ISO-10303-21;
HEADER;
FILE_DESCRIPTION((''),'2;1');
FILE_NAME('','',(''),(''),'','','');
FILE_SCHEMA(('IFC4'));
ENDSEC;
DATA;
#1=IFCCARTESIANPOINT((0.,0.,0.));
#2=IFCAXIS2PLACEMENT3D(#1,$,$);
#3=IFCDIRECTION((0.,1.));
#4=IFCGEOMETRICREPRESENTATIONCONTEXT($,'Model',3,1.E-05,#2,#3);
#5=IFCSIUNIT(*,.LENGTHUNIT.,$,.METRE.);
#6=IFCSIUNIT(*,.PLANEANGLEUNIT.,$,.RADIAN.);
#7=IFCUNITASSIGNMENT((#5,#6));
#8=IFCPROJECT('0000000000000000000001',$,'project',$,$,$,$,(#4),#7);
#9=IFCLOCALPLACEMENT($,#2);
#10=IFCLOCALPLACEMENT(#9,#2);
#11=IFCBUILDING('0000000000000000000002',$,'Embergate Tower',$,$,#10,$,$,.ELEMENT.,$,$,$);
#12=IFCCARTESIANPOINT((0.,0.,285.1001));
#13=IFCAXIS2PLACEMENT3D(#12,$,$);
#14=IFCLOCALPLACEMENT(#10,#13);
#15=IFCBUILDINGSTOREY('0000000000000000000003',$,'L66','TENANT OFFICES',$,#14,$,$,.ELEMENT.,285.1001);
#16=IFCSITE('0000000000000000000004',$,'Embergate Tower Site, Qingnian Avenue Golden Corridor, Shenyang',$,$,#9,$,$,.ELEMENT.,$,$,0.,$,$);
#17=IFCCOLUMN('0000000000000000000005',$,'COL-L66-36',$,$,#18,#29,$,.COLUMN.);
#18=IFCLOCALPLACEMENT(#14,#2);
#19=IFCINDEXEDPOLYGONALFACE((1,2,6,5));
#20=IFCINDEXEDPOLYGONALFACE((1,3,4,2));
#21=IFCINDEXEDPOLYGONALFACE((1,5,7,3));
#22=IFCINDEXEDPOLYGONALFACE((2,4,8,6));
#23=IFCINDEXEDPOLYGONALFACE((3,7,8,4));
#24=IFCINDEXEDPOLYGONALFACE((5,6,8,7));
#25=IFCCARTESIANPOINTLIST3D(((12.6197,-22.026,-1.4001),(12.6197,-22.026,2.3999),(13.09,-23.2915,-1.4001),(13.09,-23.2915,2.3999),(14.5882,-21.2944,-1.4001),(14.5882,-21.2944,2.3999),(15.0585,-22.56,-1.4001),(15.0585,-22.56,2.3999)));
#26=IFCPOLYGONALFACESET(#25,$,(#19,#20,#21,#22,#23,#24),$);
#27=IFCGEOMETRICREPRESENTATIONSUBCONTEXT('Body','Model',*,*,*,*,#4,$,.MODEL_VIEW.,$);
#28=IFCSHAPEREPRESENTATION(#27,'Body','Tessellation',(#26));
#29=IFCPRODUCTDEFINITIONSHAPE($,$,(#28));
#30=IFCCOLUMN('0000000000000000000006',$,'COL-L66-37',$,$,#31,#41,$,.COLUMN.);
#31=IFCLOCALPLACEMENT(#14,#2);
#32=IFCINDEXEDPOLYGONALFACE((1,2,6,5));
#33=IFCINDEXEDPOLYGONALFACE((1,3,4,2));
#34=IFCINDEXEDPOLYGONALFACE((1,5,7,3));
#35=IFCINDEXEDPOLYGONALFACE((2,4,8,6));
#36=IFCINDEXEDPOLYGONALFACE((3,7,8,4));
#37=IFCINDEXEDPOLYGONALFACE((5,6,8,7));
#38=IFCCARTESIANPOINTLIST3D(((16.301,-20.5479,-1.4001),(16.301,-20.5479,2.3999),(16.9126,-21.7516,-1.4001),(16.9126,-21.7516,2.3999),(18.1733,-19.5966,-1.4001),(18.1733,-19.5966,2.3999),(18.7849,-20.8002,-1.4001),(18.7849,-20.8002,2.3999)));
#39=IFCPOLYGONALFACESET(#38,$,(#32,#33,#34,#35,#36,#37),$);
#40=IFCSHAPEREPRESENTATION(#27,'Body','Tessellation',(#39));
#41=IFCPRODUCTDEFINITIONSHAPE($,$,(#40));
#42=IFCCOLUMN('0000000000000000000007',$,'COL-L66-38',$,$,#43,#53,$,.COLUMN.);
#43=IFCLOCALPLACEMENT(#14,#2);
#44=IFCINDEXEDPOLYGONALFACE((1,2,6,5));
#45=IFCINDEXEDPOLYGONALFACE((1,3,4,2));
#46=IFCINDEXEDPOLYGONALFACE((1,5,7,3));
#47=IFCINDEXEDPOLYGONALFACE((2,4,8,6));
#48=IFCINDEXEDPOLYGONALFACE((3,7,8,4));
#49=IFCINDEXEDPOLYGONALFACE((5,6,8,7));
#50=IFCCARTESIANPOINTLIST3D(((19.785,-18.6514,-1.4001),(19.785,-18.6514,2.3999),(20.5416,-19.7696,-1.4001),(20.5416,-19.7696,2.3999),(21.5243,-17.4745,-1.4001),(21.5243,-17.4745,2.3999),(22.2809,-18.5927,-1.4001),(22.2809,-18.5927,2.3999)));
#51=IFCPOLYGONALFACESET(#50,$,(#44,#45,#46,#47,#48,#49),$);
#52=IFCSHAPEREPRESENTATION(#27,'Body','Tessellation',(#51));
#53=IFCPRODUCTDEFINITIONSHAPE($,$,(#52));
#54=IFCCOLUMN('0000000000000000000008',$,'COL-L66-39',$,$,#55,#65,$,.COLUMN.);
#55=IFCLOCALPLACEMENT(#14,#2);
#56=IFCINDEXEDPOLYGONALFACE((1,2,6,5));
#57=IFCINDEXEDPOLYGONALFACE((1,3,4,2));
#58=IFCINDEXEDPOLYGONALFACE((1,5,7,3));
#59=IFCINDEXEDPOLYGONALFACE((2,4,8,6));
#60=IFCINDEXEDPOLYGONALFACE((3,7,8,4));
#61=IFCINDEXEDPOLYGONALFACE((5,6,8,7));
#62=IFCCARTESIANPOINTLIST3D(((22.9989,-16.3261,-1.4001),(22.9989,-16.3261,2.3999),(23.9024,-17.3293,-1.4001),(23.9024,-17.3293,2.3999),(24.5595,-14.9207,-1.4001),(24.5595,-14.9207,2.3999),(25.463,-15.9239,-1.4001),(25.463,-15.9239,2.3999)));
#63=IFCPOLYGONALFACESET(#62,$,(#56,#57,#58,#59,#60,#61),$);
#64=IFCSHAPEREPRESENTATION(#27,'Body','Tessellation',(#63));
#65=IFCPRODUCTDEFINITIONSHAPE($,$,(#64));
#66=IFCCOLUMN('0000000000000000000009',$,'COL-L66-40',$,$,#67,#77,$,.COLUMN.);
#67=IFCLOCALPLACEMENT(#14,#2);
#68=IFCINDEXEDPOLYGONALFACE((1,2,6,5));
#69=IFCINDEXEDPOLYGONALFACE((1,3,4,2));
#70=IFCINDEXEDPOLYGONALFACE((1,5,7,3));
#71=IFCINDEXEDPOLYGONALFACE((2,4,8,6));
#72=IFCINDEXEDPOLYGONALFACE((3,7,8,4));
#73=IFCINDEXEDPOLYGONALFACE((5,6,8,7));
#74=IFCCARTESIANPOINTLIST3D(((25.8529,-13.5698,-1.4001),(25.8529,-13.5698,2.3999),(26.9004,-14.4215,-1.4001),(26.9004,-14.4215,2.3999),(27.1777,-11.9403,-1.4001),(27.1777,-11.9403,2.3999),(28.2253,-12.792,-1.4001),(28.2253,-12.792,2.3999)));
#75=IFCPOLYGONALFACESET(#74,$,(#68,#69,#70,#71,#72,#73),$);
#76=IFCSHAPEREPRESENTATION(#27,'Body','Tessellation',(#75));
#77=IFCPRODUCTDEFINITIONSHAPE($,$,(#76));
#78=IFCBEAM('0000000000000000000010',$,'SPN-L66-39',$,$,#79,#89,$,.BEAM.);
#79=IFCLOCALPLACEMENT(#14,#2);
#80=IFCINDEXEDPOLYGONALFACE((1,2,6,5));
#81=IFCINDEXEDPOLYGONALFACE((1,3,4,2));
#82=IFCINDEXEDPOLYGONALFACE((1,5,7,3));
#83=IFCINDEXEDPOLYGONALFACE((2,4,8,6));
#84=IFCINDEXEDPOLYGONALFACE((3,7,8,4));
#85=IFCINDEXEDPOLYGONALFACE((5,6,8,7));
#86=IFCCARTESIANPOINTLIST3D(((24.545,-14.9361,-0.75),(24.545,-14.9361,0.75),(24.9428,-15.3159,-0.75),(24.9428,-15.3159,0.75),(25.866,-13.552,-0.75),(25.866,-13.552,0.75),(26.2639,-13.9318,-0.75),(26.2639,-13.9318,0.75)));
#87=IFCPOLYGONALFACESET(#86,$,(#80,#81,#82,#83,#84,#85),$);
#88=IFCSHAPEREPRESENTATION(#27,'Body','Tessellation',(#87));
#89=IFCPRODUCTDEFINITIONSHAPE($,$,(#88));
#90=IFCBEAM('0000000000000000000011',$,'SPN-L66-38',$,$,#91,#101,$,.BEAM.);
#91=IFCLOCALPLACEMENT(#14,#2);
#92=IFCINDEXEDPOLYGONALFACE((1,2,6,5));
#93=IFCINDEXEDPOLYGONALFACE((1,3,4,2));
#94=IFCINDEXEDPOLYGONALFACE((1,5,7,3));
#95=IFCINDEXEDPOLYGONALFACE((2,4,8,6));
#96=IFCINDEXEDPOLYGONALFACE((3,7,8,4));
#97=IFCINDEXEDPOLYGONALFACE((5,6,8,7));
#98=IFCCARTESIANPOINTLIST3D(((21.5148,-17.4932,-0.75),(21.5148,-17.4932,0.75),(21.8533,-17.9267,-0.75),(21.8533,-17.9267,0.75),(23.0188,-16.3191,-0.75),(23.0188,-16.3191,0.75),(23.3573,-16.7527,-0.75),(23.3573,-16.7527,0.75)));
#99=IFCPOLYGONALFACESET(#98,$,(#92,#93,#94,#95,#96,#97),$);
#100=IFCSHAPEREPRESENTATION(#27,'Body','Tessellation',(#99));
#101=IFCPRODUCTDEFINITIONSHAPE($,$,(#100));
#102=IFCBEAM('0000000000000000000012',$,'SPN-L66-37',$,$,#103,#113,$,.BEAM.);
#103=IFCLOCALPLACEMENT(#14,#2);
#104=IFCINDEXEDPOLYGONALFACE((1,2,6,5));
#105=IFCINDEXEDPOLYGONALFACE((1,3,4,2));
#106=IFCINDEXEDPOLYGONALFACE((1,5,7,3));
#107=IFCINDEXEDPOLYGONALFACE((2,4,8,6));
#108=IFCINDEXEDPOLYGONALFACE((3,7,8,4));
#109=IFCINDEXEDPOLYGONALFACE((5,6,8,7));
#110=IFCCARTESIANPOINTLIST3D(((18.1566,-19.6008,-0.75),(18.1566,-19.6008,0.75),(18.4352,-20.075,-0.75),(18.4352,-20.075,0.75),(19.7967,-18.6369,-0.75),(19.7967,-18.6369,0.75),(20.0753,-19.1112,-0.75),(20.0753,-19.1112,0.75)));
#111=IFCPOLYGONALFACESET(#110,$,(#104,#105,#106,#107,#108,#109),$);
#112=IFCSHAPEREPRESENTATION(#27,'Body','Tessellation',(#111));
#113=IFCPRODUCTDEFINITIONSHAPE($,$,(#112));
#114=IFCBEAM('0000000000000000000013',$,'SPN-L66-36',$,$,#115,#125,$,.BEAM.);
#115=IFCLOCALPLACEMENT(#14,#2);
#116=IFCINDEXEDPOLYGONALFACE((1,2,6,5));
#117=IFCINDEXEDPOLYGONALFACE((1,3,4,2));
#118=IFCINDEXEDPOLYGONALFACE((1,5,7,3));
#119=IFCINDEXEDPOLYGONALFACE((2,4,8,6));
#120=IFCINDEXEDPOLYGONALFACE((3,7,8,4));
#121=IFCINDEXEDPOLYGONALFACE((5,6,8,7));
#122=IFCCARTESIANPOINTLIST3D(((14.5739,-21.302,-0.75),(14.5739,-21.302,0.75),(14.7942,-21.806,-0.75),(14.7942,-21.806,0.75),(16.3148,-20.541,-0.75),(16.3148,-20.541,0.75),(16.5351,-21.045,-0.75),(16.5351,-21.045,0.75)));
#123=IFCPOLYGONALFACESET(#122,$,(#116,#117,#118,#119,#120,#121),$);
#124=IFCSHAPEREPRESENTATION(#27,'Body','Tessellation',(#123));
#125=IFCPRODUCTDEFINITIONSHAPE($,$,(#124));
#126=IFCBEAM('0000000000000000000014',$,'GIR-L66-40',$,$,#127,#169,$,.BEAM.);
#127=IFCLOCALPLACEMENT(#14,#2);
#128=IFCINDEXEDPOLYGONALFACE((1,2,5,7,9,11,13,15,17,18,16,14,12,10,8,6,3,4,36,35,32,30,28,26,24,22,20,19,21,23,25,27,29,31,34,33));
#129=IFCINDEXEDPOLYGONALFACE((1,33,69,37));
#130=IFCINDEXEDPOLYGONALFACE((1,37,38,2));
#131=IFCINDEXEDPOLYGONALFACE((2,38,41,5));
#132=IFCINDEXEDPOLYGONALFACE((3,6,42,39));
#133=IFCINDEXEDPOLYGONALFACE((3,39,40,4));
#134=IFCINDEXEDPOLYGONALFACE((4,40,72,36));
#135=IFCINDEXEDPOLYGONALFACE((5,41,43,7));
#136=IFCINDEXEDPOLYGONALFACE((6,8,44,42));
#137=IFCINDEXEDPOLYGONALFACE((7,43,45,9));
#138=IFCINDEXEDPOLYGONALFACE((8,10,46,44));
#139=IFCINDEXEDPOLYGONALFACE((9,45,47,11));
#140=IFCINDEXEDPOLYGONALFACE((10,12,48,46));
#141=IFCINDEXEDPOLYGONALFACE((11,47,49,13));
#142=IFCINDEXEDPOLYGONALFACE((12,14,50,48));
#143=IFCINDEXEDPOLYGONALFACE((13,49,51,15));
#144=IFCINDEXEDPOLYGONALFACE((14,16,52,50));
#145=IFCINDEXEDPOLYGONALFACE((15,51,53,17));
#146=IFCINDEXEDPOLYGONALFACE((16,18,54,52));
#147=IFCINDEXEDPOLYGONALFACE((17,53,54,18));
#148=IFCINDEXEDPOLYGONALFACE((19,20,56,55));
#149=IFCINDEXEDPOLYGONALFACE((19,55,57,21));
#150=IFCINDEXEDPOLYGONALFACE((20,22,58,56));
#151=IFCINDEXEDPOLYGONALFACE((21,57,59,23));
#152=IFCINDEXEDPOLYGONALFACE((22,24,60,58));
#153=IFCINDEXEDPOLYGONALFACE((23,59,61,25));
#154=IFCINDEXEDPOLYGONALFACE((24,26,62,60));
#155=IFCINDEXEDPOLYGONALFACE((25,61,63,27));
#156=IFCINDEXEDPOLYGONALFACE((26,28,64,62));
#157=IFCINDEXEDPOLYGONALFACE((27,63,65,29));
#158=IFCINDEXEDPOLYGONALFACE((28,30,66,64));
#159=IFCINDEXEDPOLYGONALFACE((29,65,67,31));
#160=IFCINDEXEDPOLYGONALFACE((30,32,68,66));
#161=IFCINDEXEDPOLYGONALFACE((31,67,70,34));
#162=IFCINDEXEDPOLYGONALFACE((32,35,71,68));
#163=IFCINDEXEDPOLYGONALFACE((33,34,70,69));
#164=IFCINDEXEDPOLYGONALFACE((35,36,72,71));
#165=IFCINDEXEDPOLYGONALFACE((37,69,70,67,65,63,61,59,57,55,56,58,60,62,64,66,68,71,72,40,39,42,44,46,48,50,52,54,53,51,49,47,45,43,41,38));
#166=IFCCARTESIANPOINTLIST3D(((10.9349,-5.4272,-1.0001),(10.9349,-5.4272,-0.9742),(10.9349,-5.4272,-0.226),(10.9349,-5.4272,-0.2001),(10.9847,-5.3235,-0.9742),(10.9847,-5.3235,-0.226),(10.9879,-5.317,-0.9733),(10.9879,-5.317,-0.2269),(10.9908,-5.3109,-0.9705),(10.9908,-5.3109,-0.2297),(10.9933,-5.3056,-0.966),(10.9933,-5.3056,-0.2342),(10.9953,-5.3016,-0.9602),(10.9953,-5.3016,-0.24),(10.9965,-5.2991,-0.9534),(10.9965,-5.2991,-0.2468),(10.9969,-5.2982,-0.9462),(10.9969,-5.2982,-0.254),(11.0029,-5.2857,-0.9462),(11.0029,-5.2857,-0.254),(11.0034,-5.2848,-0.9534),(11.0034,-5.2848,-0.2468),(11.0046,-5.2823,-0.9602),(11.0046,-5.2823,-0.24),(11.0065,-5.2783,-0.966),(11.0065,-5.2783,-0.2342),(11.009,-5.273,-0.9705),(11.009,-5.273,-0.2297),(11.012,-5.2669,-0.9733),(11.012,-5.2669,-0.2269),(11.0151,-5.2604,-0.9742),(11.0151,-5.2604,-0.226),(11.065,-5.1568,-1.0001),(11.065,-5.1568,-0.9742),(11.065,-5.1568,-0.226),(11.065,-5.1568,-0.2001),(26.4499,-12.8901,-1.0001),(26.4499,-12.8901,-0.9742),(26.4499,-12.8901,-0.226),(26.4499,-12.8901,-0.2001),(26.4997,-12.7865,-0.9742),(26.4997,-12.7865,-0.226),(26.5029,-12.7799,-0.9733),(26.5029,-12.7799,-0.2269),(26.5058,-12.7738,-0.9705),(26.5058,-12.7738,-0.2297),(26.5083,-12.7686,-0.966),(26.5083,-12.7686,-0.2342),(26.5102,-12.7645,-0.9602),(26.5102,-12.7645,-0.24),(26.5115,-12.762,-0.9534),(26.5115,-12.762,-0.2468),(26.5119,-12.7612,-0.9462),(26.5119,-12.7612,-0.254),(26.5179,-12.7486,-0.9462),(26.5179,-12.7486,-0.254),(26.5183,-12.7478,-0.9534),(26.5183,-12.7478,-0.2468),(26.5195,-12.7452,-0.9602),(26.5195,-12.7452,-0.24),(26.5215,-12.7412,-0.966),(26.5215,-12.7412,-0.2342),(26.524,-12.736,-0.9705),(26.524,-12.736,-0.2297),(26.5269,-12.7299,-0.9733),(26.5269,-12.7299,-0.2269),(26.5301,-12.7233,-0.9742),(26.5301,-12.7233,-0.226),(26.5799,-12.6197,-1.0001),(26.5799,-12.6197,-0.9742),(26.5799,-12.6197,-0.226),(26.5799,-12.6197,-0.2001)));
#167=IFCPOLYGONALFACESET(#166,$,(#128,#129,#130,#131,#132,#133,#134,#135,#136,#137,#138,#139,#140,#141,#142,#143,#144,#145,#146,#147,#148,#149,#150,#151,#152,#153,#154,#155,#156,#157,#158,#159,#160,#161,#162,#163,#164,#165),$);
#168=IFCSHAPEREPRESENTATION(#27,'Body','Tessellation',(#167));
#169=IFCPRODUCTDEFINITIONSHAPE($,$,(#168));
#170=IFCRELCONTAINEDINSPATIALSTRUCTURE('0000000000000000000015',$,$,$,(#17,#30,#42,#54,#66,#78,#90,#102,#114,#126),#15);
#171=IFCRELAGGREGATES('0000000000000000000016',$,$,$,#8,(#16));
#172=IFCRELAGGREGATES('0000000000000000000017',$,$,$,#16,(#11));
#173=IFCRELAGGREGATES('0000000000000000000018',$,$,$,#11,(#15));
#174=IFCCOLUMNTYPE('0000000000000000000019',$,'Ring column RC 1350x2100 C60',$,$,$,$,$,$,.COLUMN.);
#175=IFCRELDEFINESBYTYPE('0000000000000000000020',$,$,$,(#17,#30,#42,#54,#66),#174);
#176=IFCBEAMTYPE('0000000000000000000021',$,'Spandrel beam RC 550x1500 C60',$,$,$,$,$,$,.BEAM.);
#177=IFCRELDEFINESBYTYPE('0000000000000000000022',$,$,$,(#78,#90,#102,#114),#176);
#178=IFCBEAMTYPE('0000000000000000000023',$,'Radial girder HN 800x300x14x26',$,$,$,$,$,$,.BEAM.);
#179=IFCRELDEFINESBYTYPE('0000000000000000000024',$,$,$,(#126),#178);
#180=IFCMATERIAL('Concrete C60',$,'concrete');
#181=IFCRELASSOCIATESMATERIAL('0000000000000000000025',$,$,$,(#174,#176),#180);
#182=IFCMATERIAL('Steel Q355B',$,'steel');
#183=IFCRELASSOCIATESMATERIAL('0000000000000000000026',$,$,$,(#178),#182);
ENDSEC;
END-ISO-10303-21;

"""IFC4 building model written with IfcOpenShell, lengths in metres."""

from ifc_helpers import new_model, si_unit, direction, frame, origin, origin_2d, place, context, subcontext, project, spatial, rectangle, i_section, extrude, source, transform, mapped, material, material_profile, profile_set, type_object, element, save


model = new_model("IFC4")

# Units and contexts
model_context = context("Model", 3, precision=1e-05, world=origin(), true_north=direction((0.0, 1.0)))
body_context = subcontext(model_context, "Body", "Model", "MODEL_VIEW")
ifc_project = project(units=[si_unit("LENGTHUNIT", "METRE"), si_unit("PLANEANGLEUNIT", "RADIAN")], contexts=[model_context])

# Site, building, storey
site_placement = place(None, origin())
site = spatial("IfcSite", under=ifc_project, at=site_placement, Name="Embergate Tower Site, Qingnian Avenue Golden Corridor, Shenyang", CompositionType="ELEMENT", RefElevation=0.0)
building_placement = place(site_placement, origin())
building = spatial("IfcBuilding", under=site, at=building_placement, Name="Embergate Tower", CompositionType="ELEMENT")
storey_placement = place(building_placement, frame((0.0, 0.0, 285.1001)))
storey = spatial("IfcBuildingStorey", under=building, at=storey_placement, Name="L66", Description="TENANT OFFICES", CompositionType="ELEMENT", Elevation=285.1001)

# Columns
ifc_material_1 = material(Name="Concrete C60", Category="concrete")
ifc_material_profile_1 = material_profile(ifc_material_1, rectangle(XDim=1.3501, YDim=2.1001, at=origin_2d()), Name="RC 1350x2100")
ifc_profile_set_1 = profile_set([ifc_material_profile_1], Name="Concrete C60")
column_type = type_object("IfcColumnType", Name="Ring column RC 1350x2100 C60", PredefinedType="COLUMN", material=ifc_profile_set_1)
shared_shape_1 = source(origin(), body_context, "Body", "SweptSolid", [
    extrude(rectangle(XDim=1.3501, YDim=2.1001, at=origin_2d()), origin(), (0.0, 0.0, 1.0), 3.8),
])
for number, where, z_axis, x_axis, name in (
    (1, (13.8391, -22.293, -1.4001), (0.0, 0.0, 1.0), (0.348343, -0.937367, 0.0), "COL-L66-36"),
    (2, (17.543, -20.6741, -1.4001), (0.0, 0.0, 1.0), (0.452995, -0.891513, 0.0), "COL-L66-37"),
    (3, (21.033, -18.6221, -1.4001), (0.0, 0.0, 1.0), (0.560393, -0.828227, 0.0), "COL-L66-38"),
    (4, (24.231, -16.125, -1.4001), (0.0, 0.0, 1.0), (0.669208, -0.743075, 0.0), "COL-L66-39"),
    (5, (27.0391, -13.1809, -1.4001), (0.0, 0.0, 1.0), (0.775914, -0.630838, 0.0), "COL-L66-40"),
):
    element("IfcColumn", number, at=place(storey_placement, frame(where, z_axis=z_axis, x_axis=x_axis)), inside=storey, type_object=column_type, Name=name, PredefinedType="COLUMN", context=body_context, shape_type="MappedRepresentation", body=[
        mapped(shared_shape_1, transform((0.0, 0.0, 0.0))),
    ])

# Beams
ifc_material_profile_2 = material_profile(ifc_material_1, rectangle(XDim=0.55, YDim=1.5, at=origin_2d()), Name="RC 550x1500")
ifc_profile_set_2 = profile_set([ifc_material_profile_2], Name="Concrete C60")
beam_type_1 = type_object("IfcBeamType", Name="Spandrel beam RC 550x1500 C60", PredefinedType="BEAM", material=ifc_profile_set_2)
shared_shape_2 = source(origin(), body_context, "Body", "SweptSolid", [
    extrude(rectangle(XDim=0.55, YDim=1.5, at=origin_2d()), origin(), (0.0, 0.0, 1.0), 1.9133),
])
beam_1_placement = place(storey_placement, frame((24.7439, -15.126, 0.0), z_axis=(0.690455, 0.723376, 0.0), x_axis=(-0.723376, 0.690455, 0.0)))
element("IfcBeam", 6, at=beam_1_placement, inside=storey, type_object=beam_type_1, Name="SPN-L66-39", PredefinedType="BEAM", context=body_context, shape_type="MappedRepresentation", body=[
    mapped(shared_shape_2, transform((0.0, 0.0, 0.0))),
])
shared_shape_3 = source(origin(), body_context, "Body", "SweptSolid", [
    extrude(rectangle(XDim=0.55, YDim=1.5, at=origin_2d()), origin(), (0.0, 0.0, 1.0), 1.908),
])
beam_2_placement = place(storey_placement, frame((21.6841, -17.71, 0.0), z_axis=(0.788242, 0.615366, 0.0), x_axis=(-0.615366, 0.788242, 0.0)))
element("IfcBeam", 7, at=beam_2_placement, inside=storey, type_object=beam_type_1, Name="SPN-L66-38", PredefinedType="BEAM", context=body_context, shape_type="MappedRepresentation", body=[
    mapped(shared_shape_3, transform((0.0, 0.0, 0.0))),
])
shared_shape_4 = source(origin(), body_context, "Body", "SweptSolid", [
    extrude(rectangle(XDim=0.55, YDim=1.5, at=origin_2d()), origin(), (0.0, 0.0, 1.0), 1.9023),
])
beam_3_placement = place(storey_placement, frame((18.2959, -19.8379, 0.0), z_axis=(0.862145, 0.506661, 0.0), x_axis=(-0.506661, 0.862145, 0.0)))
element("IfcBeam", 8, at=beam_3_placement, inside=storey, type_object=beam_type_1, Name="SPN-L66-37", PredefinedType="BEAM", context=body_context, shape_type="MappedRepresentation", body=[
    mapped(shared_shape_4, transform((0.0, 0.0, 0.0))),
])
shared_shape_5 = source(origin(), body_context, "Body", "SweptSolid", [
    extrude(rectangle(XDim=0.55, YDim=1.5, at=origin_2d()), origin(), (0.0, 0.0, 1.0), 1.8999),
])
beam_4_placement = place(storey_placement, frame((14.6841, -21.554, 0.0), z_axis=(0.91629, 0.400515, 0.0), x_axis=(-0.400515, 0.91629, 0.0)))
element("IfcBeam", 9, at=beam_4_placement, inside=storey, type_object=beam_type_1, Name="SPN-L66-36", PredefinedType="BEAM", context=body_context, shape_type="MappedRepresentation", body=[
    mapped(shared_shape_5, transform((0.0, 0.0, 0.0))),
])
ifc_material_2 = material(Name="Steel Q355B", Category="steel")
ifc_material_profile_3 = material_profile(ifc_material_2, i_section(OverallWidth=0.3, OverallDepth=0.8, WebThickness=0.0139, FlangeThickness=0.0259, FilletRadius=0.0281, at=origin_2d()), Name="HN 800x300x14x26")
ifc_profile_set_3 = profile_set([ifc_material_profile_3], Name="Steel Q355 grade B")
beam_type_2 = type_object("IfcBeamType", Name="Radial girder HN 800x300x14x26", PredefinedType="BEAM", material=ifc_profile_set_3)
shared_shape_6 = source(origin(), body_context, "Body", "SweptSolid", [
    extrude(i_section(OverallWidth=0.3, OverallDepth=0.8, WebThickness=0.0139, FlangeThickness=0.0259, FilletRadius=0.0281, at=origin_2d()), origin(), (0.0, 0.0, 1.0), 17.2166),
])
beam_5_placement = place(storey_placement, frame((26.5149, -12.7549, -0.6001), z_axis=(-0.901166, 0.433474, 0.0), x_axis=(-0.433474, -0.901166, 0.0)))
element("IfcBeam", 10, at=beam_5_placement, inside=storey, type_object=beam_type_2, Name="GIR-L66-40", PredefinedType="BEAM", context=body_context, shape_type="MappedRepresentation", body=[
    mapped(shared_shape_6, transform((0.0, 0.0, 0.0))),
])

save(model, "model.ifc")
